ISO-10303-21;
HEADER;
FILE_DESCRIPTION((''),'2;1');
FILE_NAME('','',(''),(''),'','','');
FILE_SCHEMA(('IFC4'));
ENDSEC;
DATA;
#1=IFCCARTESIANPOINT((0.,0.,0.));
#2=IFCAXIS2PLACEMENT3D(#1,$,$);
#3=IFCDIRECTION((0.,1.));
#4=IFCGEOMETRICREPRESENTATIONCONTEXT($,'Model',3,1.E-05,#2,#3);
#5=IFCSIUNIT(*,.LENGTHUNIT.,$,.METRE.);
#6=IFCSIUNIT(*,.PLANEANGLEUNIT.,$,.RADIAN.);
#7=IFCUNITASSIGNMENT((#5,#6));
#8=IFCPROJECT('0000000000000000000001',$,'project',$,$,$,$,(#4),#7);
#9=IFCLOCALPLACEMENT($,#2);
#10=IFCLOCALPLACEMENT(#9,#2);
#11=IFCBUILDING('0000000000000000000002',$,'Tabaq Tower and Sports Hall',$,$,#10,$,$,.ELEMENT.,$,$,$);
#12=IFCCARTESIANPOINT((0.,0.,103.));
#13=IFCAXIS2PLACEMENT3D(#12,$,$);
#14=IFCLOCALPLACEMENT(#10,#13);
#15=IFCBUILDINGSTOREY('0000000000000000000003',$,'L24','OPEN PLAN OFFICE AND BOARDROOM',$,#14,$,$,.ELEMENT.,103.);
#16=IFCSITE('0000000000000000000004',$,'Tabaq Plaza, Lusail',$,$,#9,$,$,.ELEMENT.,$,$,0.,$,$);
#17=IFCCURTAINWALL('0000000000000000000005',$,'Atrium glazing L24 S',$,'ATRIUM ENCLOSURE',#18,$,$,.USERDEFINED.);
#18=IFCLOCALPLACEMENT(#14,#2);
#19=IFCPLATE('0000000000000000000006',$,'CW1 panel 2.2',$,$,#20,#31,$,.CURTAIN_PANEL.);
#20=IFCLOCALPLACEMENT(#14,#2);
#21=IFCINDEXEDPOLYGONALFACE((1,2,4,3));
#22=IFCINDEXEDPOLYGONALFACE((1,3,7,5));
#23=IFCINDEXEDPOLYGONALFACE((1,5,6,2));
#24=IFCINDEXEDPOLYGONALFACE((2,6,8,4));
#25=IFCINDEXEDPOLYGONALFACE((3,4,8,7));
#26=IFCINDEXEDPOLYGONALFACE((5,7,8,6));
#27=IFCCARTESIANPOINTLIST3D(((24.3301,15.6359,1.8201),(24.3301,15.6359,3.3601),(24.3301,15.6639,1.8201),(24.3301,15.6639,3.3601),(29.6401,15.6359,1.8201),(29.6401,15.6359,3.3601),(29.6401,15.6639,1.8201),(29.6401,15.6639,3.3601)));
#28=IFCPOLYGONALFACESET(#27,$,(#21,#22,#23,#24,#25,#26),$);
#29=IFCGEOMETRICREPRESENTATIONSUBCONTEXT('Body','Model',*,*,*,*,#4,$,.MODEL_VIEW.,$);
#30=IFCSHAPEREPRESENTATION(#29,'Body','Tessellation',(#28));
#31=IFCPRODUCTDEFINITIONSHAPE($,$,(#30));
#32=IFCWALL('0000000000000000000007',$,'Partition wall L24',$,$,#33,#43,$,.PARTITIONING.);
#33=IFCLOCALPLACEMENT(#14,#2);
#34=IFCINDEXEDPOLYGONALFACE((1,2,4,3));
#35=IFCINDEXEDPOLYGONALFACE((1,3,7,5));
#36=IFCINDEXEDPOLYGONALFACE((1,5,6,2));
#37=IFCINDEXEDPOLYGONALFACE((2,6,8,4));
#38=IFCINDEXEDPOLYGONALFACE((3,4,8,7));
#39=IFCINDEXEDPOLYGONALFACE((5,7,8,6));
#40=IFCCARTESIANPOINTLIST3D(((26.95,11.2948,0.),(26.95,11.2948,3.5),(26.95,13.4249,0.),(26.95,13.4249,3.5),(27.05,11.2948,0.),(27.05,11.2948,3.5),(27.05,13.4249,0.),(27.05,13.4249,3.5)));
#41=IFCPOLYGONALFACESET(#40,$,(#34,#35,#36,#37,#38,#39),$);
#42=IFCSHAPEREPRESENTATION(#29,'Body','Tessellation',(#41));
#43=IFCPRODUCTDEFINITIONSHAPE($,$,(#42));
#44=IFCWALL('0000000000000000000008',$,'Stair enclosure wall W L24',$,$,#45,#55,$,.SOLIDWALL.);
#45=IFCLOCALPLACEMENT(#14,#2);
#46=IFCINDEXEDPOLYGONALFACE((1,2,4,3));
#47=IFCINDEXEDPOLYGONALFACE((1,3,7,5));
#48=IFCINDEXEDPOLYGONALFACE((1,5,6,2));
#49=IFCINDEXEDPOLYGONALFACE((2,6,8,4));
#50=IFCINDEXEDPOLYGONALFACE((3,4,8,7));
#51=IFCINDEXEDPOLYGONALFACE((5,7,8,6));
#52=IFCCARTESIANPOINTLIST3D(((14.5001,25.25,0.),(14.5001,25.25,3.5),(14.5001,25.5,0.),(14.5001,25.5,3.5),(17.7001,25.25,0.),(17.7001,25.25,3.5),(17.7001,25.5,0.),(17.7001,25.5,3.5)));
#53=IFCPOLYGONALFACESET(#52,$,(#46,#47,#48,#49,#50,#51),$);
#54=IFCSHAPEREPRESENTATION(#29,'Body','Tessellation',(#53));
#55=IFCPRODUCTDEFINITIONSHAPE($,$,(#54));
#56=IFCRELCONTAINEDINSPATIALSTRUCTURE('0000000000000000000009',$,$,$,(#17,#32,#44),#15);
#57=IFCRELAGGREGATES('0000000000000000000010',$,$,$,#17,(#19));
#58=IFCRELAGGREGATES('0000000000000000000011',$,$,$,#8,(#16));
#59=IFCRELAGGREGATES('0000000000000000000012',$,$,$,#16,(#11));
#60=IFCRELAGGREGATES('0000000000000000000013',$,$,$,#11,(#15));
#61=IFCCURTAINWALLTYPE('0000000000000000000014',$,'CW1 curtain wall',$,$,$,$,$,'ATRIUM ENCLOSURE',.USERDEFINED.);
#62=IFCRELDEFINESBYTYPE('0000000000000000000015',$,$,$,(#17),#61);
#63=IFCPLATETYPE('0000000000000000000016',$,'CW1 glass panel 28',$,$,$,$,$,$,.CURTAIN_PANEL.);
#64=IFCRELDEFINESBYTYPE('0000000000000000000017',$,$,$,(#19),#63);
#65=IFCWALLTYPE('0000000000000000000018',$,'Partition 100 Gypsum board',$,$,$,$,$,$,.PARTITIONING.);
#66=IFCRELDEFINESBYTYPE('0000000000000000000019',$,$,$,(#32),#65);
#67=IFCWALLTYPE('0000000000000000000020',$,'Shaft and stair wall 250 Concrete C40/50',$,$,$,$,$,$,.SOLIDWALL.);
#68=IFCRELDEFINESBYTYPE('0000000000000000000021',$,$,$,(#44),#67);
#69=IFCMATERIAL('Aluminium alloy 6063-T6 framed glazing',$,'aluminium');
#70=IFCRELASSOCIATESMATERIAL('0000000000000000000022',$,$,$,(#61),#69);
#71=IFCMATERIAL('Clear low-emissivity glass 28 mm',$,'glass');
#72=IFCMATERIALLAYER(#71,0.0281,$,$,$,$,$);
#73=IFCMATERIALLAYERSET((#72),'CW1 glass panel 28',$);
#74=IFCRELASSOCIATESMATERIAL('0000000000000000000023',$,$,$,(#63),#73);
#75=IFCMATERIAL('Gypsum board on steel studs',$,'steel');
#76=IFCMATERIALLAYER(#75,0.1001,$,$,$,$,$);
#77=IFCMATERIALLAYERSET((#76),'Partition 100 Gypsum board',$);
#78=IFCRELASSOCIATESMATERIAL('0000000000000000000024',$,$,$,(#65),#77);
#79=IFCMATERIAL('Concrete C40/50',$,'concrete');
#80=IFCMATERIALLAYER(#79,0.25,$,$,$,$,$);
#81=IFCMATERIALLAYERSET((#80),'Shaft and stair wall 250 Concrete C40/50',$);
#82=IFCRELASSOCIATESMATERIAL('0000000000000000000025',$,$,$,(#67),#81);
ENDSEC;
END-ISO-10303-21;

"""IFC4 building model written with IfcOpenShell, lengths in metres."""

from ifc_helpers import new_model, si_unit, direction, frame, frame_2d, origin, origin_2d, place, context, subcontext, project, spatial, rectangle, extrude, material, layer, layer_set, type_object, element, aggregate, save


model = new_model("IFC4")

# Units and contexts
model_context = context("Model", 3, precision=1e-05, world=origin(), true_north=direction((0.0, 1.0)))
body_context = subcontext(model_context, "Body", "Model", "MODEL_VIEW")
ifc_project = project(units=[si_unit("LENGTHUNIT", "METRE"), si_unit("PLANEANGLEUNIT", "RADIAN")], contexts=[model_context])

# Site, building, storey
site_placement = place(None, origin())
site = spatial("IfcSite", under=ifc_project, at=site_placement, Name="Tabaq Plaza, Lusail", CompositionType="ELEMENT", RefElevation=0.0)
building_placement = place(site_placement, origin())
building = spatial("IfcBuilding", under=site, at=building_placement, Name="Tabaq Tower and Sports Hall", CompositionType="ELEMENT")
storey_placement = place(building_placement, frame((0.0, 0.0, 103.0)))
storey = spatial("IfcBuildingStorey", under=building, at=storey_placement, Name="L24", Description="OPEN PLAN OFFICE AND BOARDROOM", CompositionType="ELEMENT", Elevation=103.0)

# Curtain wall
ifc_material_1 = material(Name="Aluminium alloy 6063-T6 framed glazing", Category="aluminium")
curtain_wall_type = type_object("IfcCurtainWallType", Name="CW1 curtain wall", ElementType="ATRIUM ENCLOSURE", PredefinedType="USERDEFINED", material=ifc_material_1)
curtain_wall_placement = place(storey_placement, origin())
curtain_wall = element("IfcCurtainWall", 1, at=curtain_wall_placement, inside=storey, type_object=curtain_wall_type, Name="Atrium glazing L24 S", ObjectType="ATRIUM ENCLOSURE", PredefinedType="USERDEFINED")

# Plate
ifc_material_2 = material(Name="Clear low-emissivity glass 28 mm", Category="glass")
ifc_layer_1 = layer(ifc_material_2, 0.0281)
ifc_layer_set_1 = layer_set([ifc_layer_1], Name="CW1 glass panel 28")
plate_type = type_object("IfcPlateType", Name="CW1 glass panel 28", PredefinedType="CURTAIN_PANEL", material=ifc_layer_set_1)
plate_1_placement = place(storey_placement, frame((26.9851, 15.6499, 1.8201), z_axis=(0.0, 0.0, 1.0), x_axis=(1.0, 0.0, 0.0)))
plate_1 = element("IfcPlate", 2, at=plate_1_placement, type_object=plate_type, Name="CW1 panel 2.2", PredefinedType="CURTAIN_PANEL", context=body_context, shape_type="SweptSolid", body=[
    extrude(rectangle(XDim=5.3101, YDim=0.0281, at=origin_2d()), origin(), (0.0, 0.0, 1.0), 1.54),
])
aggregate(curtain_wall, [plate_1])

# Walls
ifc_material_3 = material(Name="Gypsum board on steel studs", Category="steel")
ifc_layer_2 = layer(ifc_material_3, 0.1001)
ifc_layer_set_2 = layer_set([ifc_layer_2], Name="Partition 100 Gypsum board")
wall_type_1 = type_object("IfcWallType", Name="Partition 100 Gypsum board", PredefinedType="PARTITIONING", material=ifc_layer_set_2)
wall_1_placement = place(storey_placement, frame((27.0, 11.2949, 0.0), z_axis=(0.0, 0.0, 1.0), x_axis=(0.0, 1.0, 0.0)))
element("IfcWall", 3, at=wall_1_placement, inside=storey, type_object=wall_type_1, Name="Partition wall L24", PredefinedType="PARTITIONING", context=body_context, shape_type="SweptSolid", body=[
    extrude(rectangle(XDim=2.1301, YDim=0.1001, at=frame_2d((1.0649, 0.0))), origin(), (0.0, 0.0, 1.0), 3.5),
])
ifc_material_4 = material(Name="Concrete C40/50", Category="concrete")
ifc_layer_3 = layer(ifc_material_4, 0.25)
ifc_layer_set_3 = layer_set([ifc_layer_3], Name="Shaft and stair wall 250 Concrete C40/50")
wall_type_2 = type_object("IfcWallType", Name="Shaft and stair wall 250 Concrete C40/50", PredefinedType="SOLIDWALL", material=ifc_layer_set_3)
wall_2_placement = place(storey_placement, frame((14.5, 25.375, 0.0), z_axis=(0.0, 0.0, 1.0), x_axis=(1.0, 0.0, 0.0)))
element("IfcWall", 4, at=wall_2_placement, inside=storey, type_object=wall_type_2, Name="Stair enclosure wall W L24", PredefinedType="SOLIDWALL", context=body_context, shape_type="SweptSolid", body=[
    extrude(rectangle(XDim=3.2, YDim=0.25, at=frame_2d((1.6001, 0.0))), origin(), (0.0, 0.0, 1.0), 3.5),
])

save(model, "model.ifc")
